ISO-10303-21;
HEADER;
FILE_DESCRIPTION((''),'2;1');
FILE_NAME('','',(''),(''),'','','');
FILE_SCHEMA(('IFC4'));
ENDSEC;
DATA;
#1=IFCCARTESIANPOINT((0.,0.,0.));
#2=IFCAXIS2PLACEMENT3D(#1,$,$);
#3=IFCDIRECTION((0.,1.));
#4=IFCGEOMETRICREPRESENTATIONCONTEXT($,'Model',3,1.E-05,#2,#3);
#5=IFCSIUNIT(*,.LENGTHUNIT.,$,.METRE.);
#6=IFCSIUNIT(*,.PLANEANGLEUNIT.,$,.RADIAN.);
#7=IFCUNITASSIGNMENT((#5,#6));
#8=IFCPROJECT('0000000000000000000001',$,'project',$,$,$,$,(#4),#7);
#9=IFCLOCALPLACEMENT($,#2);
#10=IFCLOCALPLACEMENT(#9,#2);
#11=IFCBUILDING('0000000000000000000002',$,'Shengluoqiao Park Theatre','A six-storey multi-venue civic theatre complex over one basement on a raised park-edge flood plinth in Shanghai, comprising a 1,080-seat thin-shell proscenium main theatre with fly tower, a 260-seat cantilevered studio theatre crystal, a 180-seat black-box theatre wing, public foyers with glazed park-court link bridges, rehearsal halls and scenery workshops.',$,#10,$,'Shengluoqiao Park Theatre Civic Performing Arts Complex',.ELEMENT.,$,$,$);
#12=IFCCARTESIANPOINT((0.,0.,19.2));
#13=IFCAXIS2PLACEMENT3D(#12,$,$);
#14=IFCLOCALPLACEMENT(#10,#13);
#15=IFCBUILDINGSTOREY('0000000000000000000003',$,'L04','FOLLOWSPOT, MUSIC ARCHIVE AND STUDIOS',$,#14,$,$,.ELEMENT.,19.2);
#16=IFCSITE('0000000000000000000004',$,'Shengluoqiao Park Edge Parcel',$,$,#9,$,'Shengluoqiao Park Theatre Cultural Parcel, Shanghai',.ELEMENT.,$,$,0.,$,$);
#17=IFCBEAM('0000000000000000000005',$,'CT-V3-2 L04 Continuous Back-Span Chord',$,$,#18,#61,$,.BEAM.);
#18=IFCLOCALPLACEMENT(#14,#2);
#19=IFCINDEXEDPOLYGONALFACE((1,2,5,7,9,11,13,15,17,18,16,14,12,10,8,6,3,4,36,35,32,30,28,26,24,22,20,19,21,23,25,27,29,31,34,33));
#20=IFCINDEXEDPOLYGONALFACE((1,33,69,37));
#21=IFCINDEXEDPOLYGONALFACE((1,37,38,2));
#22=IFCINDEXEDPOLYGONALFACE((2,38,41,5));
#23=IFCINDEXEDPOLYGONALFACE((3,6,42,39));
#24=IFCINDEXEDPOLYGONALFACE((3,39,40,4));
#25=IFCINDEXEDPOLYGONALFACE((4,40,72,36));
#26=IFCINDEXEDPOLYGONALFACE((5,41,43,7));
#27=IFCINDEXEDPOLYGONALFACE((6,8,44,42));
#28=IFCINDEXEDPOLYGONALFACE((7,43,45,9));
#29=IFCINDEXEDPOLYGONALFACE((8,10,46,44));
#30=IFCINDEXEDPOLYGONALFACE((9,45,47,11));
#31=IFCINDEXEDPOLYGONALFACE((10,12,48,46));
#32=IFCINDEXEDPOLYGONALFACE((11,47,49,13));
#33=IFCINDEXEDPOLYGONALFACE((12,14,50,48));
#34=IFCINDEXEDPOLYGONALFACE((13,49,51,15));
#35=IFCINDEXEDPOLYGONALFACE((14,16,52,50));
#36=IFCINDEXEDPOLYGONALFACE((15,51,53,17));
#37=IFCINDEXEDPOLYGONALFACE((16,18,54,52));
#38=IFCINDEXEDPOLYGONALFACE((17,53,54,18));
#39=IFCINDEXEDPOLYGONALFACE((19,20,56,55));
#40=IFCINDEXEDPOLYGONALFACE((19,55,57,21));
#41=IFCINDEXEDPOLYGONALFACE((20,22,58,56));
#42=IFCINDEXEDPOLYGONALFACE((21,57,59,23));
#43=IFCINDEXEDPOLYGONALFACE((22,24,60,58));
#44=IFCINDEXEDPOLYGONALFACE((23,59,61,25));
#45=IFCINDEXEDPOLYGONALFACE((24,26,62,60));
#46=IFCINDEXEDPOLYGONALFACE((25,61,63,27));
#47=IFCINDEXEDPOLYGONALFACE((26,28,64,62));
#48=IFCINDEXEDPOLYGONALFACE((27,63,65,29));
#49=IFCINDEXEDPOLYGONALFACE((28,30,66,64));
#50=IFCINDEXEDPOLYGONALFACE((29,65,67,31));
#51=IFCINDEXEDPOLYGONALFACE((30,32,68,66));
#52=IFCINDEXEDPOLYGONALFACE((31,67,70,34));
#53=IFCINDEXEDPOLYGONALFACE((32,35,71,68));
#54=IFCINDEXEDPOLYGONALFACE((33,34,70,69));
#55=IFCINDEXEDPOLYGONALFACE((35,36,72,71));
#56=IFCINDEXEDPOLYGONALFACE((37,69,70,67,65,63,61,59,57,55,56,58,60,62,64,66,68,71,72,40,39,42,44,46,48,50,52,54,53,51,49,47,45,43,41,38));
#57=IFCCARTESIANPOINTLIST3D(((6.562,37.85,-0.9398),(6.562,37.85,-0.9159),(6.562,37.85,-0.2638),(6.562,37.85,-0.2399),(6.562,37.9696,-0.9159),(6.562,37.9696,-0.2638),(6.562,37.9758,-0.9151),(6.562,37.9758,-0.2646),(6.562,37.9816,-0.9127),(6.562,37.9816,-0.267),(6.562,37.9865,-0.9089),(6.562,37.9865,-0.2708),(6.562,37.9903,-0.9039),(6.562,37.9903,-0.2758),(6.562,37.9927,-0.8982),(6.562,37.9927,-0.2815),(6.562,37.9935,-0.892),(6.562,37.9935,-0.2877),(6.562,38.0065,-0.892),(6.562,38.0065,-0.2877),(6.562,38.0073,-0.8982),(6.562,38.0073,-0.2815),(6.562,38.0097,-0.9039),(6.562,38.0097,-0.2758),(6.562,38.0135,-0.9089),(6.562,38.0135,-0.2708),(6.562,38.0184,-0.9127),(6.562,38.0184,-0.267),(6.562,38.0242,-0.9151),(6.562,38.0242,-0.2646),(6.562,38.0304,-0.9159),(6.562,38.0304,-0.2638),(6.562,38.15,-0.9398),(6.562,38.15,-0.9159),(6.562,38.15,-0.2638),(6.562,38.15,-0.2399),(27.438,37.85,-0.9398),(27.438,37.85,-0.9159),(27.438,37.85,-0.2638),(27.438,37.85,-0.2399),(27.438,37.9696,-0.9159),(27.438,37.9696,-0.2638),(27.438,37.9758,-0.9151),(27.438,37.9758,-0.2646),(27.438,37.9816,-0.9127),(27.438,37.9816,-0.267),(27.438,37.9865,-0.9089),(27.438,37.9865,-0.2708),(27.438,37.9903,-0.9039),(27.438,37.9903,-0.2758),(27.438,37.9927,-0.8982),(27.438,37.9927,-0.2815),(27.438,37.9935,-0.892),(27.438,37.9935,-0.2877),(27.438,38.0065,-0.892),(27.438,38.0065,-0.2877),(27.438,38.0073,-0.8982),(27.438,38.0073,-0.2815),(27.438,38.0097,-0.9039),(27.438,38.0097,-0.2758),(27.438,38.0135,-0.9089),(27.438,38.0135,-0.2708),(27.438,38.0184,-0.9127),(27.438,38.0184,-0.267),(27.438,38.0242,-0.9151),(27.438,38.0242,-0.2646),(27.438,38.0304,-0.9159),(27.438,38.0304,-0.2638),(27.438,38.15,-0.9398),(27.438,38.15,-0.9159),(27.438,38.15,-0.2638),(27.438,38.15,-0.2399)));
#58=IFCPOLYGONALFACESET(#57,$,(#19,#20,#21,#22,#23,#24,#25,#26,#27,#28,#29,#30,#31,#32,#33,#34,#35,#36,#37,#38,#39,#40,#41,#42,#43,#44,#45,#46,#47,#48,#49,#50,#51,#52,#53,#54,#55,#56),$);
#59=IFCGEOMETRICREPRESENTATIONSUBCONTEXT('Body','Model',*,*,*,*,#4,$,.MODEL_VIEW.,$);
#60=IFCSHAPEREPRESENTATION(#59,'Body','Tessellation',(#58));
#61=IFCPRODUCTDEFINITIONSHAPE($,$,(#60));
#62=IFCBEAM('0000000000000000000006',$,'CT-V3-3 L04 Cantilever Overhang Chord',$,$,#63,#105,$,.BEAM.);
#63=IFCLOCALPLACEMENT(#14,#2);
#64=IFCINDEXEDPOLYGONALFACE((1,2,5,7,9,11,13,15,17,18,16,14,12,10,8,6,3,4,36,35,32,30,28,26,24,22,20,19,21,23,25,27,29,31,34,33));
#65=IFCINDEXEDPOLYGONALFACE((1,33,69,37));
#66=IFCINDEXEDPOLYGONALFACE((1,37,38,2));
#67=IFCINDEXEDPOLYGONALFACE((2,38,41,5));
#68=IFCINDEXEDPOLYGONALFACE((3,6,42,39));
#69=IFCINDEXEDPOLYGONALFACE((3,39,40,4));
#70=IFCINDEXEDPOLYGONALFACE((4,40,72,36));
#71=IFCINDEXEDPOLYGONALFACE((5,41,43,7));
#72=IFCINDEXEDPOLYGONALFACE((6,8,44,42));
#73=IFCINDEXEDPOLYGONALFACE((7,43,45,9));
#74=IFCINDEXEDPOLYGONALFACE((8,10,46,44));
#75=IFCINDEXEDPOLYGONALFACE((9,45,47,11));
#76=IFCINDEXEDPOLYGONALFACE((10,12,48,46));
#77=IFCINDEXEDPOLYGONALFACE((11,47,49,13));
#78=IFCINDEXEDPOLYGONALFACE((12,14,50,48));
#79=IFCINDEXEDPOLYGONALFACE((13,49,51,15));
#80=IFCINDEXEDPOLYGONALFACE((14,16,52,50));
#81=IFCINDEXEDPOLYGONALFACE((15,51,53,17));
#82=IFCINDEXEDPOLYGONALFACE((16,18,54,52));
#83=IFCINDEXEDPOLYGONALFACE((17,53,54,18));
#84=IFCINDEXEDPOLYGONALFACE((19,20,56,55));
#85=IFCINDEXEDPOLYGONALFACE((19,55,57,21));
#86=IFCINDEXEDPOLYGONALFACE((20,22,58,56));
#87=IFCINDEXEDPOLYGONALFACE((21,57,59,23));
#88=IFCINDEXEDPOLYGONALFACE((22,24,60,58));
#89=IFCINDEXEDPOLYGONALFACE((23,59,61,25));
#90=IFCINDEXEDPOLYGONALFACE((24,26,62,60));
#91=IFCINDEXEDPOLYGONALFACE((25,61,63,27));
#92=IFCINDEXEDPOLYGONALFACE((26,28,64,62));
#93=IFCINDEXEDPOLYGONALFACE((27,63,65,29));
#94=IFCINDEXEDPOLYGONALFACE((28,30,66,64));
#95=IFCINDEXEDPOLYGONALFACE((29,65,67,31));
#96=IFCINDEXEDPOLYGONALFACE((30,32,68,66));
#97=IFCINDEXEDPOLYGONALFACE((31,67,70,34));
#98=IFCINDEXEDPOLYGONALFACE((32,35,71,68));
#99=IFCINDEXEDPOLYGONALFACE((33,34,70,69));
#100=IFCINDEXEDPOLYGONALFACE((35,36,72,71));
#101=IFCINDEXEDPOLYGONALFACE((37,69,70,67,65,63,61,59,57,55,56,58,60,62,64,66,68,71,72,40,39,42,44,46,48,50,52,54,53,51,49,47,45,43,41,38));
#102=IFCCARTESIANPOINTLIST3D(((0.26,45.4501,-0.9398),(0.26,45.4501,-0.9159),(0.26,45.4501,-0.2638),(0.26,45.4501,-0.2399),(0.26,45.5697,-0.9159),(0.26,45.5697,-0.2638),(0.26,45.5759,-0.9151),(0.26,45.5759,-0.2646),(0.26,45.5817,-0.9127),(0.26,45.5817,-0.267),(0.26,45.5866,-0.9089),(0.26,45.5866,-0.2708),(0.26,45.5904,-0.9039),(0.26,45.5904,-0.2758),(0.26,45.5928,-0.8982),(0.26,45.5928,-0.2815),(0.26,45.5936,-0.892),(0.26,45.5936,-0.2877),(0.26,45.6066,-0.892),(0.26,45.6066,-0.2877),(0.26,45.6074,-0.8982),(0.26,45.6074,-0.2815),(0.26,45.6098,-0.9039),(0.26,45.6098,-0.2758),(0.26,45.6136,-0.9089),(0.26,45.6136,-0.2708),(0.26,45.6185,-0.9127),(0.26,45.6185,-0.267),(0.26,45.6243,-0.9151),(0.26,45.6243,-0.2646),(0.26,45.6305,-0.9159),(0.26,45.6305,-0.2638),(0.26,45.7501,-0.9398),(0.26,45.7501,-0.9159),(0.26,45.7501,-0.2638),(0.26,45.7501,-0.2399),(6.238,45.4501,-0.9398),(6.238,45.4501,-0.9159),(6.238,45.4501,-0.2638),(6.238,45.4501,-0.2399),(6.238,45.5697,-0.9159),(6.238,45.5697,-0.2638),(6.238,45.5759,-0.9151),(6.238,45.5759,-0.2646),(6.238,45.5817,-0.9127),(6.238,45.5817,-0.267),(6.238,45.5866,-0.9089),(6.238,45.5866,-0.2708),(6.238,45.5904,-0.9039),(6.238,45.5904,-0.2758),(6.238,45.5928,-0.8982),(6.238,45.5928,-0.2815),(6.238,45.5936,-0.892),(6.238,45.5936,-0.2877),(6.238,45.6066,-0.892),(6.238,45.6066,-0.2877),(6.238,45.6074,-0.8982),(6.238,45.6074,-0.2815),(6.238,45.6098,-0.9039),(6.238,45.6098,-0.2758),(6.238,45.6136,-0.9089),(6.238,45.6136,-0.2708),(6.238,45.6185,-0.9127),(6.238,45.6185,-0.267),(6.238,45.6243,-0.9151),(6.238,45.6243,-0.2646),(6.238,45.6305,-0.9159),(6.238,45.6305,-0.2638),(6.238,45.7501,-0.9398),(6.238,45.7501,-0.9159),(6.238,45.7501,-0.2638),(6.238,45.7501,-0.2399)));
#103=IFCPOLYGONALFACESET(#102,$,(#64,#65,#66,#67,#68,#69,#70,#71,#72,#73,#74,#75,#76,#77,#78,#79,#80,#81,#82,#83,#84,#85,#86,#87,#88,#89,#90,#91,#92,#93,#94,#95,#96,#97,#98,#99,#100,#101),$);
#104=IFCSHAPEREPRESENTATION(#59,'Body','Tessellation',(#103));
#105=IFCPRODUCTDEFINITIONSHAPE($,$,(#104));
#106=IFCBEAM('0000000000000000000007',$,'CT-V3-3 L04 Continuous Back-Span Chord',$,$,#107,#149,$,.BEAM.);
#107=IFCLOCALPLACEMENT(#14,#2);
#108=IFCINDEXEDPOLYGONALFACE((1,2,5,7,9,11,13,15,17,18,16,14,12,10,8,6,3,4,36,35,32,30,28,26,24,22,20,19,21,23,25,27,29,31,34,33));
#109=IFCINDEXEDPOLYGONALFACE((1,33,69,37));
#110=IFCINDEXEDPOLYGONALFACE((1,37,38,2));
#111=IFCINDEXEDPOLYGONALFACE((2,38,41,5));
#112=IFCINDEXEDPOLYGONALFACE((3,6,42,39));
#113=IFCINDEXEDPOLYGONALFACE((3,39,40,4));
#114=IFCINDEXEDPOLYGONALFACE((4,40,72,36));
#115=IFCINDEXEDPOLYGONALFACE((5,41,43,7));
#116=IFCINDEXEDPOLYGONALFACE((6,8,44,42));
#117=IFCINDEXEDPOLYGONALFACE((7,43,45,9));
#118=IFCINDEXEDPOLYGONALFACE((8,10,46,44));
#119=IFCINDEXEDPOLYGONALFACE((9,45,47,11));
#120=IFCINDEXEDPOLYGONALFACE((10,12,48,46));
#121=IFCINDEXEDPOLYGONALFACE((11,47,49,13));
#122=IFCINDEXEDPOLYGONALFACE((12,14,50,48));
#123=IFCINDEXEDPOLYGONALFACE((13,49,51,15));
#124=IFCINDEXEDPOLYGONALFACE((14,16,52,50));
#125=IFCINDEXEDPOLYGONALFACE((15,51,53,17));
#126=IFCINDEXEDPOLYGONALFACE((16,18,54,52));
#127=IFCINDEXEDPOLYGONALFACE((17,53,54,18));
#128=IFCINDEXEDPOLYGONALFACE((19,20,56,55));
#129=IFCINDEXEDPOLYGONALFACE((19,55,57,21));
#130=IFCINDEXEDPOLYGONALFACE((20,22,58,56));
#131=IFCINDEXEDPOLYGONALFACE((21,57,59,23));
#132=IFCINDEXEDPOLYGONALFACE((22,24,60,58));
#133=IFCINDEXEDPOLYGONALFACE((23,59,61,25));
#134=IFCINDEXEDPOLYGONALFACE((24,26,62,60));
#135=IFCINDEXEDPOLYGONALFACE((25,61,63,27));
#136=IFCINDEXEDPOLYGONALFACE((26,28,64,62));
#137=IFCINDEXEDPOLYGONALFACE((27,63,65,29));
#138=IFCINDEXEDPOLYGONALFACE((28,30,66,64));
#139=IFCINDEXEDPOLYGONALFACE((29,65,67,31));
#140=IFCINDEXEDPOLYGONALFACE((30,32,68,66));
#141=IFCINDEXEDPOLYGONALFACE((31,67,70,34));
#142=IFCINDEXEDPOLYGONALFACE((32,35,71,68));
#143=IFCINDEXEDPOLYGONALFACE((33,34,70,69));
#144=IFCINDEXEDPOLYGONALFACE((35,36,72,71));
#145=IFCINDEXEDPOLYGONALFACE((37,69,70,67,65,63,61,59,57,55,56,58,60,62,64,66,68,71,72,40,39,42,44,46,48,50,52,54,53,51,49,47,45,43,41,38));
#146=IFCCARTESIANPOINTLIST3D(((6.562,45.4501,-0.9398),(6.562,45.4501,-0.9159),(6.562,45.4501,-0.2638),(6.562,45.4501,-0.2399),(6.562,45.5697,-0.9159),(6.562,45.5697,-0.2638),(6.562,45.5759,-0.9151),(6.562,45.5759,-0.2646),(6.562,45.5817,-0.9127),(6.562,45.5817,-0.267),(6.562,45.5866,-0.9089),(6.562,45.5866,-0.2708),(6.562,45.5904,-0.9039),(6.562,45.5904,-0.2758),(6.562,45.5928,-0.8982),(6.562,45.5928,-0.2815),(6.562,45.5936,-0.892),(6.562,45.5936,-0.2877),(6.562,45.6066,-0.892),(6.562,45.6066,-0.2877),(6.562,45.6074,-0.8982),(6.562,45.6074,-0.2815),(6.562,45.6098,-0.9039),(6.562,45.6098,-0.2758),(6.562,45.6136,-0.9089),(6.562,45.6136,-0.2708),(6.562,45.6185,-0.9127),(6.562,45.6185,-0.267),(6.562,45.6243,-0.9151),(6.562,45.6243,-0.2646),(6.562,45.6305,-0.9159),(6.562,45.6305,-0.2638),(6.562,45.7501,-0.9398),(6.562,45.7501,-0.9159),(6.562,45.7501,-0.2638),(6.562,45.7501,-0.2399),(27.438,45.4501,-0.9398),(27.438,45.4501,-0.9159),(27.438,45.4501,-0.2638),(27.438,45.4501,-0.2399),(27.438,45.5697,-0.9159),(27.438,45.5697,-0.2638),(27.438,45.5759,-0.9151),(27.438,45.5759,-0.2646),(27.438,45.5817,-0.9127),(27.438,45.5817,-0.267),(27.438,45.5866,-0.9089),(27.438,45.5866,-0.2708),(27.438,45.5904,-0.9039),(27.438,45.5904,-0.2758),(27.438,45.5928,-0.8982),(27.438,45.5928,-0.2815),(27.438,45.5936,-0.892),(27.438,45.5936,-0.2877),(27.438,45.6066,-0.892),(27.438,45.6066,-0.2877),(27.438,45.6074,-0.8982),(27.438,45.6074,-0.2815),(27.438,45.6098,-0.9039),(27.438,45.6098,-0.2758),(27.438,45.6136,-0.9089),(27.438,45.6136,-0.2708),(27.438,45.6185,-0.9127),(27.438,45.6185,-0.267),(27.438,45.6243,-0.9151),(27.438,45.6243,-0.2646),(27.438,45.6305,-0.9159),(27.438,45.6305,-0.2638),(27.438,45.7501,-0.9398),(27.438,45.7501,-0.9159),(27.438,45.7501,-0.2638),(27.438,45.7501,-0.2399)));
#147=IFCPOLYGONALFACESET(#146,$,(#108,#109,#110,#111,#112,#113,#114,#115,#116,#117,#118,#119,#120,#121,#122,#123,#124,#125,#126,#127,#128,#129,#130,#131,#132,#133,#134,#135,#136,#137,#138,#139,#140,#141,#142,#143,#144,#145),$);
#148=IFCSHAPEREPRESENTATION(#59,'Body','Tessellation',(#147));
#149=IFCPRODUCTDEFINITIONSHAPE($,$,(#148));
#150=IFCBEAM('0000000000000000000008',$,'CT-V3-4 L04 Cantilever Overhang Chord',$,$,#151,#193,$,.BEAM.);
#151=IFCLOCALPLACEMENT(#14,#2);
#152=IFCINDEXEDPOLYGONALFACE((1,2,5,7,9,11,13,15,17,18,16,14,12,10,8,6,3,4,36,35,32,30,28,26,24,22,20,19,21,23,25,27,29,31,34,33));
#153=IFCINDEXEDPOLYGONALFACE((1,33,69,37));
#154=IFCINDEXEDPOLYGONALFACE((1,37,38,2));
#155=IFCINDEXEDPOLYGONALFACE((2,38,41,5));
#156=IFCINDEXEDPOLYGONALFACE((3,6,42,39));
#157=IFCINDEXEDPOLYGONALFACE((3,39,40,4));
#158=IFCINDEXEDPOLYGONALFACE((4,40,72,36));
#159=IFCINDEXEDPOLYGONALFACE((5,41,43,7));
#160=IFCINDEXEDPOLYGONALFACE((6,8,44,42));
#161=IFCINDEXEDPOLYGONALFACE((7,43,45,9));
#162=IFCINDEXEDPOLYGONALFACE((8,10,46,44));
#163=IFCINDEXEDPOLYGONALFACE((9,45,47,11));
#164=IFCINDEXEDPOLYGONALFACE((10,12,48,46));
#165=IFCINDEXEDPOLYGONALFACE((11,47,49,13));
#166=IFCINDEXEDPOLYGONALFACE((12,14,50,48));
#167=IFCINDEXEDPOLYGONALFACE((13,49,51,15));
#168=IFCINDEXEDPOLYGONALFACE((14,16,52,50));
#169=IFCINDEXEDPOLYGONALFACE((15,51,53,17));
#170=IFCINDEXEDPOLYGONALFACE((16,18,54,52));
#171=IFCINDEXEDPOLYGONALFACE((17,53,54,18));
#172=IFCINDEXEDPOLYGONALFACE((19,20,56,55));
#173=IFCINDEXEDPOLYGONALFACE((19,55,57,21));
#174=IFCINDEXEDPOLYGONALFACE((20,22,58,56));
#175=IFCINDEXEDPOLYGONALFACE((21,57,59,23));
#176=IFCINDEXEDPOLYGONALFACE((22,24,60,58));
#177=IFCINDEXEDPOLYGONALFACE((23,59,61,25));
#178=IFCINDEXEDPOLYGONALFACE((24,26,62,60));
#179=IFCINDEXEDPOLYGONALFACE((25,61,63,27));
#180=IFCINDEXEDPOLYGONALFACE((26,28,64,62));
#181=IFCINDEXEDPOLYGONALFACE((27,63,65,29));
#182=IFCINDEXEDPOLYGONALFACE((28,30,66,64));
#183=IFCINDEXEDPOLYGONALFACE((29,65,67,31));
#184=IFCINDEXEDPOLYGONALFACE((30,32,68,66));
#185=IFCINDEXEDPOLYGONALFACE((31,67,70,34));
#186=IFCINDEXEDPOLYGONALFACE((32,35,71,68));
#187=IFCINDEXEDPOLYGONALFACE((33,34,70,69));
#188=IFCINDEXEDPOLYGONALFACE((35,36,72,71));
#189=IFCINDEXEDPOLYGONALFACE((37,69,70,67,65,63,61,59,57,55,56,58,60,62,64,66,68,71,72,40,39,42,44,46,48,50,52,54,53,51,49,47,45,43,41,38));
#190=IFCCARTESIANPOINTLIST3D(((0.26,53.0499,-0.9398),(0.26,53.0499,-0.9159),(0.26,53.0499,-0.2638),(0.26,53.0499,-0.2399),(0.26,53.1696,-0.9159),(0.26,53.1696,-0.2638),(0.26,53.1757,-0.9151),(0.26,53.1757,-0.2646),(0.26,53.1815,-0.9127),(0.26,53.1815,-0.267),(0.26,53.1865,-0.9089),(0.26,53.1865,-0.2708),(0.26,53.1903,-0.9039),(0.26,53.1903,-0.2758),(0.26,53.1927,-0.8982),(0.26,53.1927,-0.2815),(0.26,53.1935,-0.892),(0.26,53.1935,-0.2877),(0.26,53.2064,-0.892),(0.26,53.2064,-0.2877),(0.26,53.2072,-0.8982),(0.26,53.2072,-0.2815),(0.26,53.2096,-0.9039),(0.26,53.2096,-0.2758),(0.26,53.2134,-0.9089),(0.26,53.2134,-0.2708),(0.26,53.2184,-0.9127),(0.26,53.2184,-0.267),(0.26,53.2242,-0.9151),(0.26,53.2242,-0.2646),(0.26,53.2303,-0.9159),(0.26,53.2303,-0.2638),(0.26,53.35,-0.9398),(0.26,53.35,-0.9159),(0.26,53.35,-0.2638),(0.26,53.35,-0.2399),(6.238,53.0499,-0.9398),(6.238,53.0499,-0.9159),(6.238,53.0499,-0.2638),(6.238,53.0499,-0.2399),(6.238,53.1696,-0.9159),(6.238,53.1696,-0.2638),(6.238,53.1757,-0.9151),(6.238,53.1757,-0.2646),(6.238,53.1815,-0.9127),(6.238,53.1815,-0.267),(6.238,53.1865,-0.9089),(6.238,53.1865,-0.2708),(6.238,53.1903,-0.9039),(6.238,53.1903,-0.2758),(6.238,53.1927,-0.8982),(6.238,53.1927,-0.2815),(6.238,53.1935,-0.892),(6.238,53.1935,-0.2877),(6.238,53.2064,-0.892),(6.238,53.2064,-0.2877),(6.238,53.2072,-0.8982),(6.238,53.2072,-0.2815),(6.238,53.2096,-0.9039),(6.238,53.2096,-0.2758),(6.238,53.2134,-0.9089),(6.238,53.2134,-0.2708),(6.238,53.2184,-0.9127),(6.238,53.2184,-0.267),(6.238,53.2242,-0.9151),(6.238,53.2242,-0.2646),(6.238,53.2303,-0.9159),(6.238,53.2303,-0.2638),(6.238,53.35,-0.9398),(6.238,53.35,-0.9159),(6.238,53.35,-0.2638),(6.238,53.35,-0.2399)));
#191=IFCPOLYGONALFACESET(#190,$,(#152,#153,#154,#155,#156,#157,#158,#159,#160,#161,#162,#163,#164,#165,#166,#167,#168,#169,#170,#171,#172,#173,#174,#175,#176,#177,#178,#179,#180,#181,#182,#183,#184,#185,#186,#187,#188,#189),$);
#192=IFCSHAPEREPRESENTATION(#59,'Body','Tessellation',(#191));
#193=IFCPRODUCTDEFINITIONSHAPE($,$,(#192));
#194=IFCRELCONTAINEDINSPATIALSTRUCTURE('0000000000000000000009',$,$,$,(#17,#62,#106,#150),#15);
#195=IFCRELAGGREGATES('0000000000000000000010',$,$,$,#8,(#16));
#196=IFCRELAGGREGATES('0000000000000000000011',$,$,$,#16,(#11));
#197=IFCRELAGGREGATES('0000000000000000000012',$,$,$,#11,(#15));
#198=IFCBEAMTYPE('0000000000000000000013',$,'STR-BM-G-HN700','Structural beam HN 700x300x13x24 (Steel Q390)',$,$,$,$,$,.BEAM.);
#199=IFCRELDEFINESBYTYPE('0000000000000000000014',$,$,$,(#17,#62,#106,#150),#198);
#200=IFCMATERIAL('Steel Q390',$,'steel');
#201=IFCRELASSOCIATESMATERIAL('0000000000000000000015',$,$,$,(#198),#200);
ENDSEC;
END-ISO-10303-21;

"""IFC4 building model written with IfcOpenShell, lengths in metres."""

from ifc_helpers import new_model, si_unit, direction, frame, origin, origin_2d, place, context, subcontext, project, spatial, i_section, extrude, material, material_profile, profile_set, type_object, element, save


model = new_model("IFC4")

# Units and contexts
model_context = context("Model", 3, precision=1e-05, world=origin(), true_north=direction((0.0, 1.0)))
body_context = subcontext(model_context, "Body", "Model", "MODEL_VIEW")
ifc_project = project(units=[si_unit("LENGTHUNIT", "METRE"), si_unit("PLANEANGLEUNIT", "RADIAN")], contexts=[model_context])

# Site, building, storey
site_placement = place(None, origin())
site = spatial("IfcSite", under=ifc_project, at=site_placement, Name="Shengluoqiao Park Edge Parcel", LongName="Shengluoqiao Park Theatre Cultural Parcel, Shanghai", CompositionType="ELEMENT", RefElevation=0.0)
building_placement = place(site_placement, origin())
building = spatial("IfcBuilding", under=site, at=building_placement, Name="Shengluoqiao Park Theatre", Description="A six-storey multi-venue civic theatre complex over one basement on a raised park-edge flood plinth in Shanghai, comprising a 1,080-seat thin-shell proscenium main theatre with fly tower, a 260-seat cantilevered studio theatre crystal, a 180-seat black-box theatre wing, public foyers with glazed park-court link bridges, rehearsal halls and scenery workshops.", LongName="Shengluoqiao Park Theatre Civic Performing Arts Complex", CompositionType="ELEMENT")
storey_placement = place(building_placement, frame((0.0, 0.0, 19.2)))
storey = spatial("IfcBuildingStorey", under=building, at=storey_placement, Name="L04", Description="FOLLOWSPOT, MUSIC ARCHIVE AND STUDIOS", CompositionType="ELEMENT", Elevation=19.2)

# Beams
ifc_material_1 = material(Name="Steel Q390", Category="steel")
ifc_material_profile_1 = material_profile(ifc_material_1, i_section(OverallWidth=0.3, OverallDepth=0.7, WebThickness=0.0129, FlangeThickness=0.0239, FilletRadius=0.0239, at=origin_2d()), Name="HN 700x300x13x24")
ifc_profile_set_1 = profile_set([ifc_material_profile_1], Name="Steel Q390")
beam_type_1 = type_object("IfcBeamType", Name="STR-BM-G-HN700", Description="Structural beam HN 700x300x13x24 (Steel Q390)", PredefinedType="BEAM", material=ifc_profile_set_1)
beam_1_placement = place(storey_placement, frame((6.562, 38.0, -0.5898), z_axis=(1.0, 0.0, 0.0), x_axis=(0.0, 1.0, 0.0)))
element("IfcBeam", 1, at=beam_1_placement, inside=storey, type_object=beam_type_1, Name="CT-V3-2 L04 Continuous Back-Span Chord", PredefinedType="BEAM", context=body_context, shape_type="SweptSolid", body=[
    extrude(i_section(OverallWidth=0.3, OverallDepth=0.7, WebThickness=0.0129, FlangeThickness=0.0239, FilletRadius=0.0239, at=origin_2d()), origin(), (0.0, 0.0, 1.0), 20.876),
])
beam_2_placement = place(storey_placement, frame((0.26, 45.6001, -0.5898), z_axis=(1.0, 0.0, 0.0), x_axis=(0.0, 1.0, 0.0)))
element("IfcBeam", 2, at=beam_2_placement, inside=storey, type_object=beam_type_1, Name="CT-V3-3 L04 Cantilever Overhang Chord", PredefinedType="BEAM", context=body_context, shape_type="SweptSolid", body=[
    extrude(i_section(OverallWidth=0.3, OverallDepth=0.7, WebThickness=0.0129, FlangeThickness=0.0239, FilletRadius=0.0239, at=origin_2d()), origin(), (0.0, 0.0, 1.0), 5.978),
])
beam_3_placement = place(storey_placement, frame((6.562, 45.6001, -0.5898), z_axis=(1.0, 0.0, 0.0), x_axis=(0.0, 1.0, 0.0)))
element("IfcBeam", 3, at=beam_3_placement, inside=storey, type_object=beam_type_1, Name="CT-V3-3 L04 Continuous Back-Span Chord", PredefinedType="BEAM", context=body_context, shape_type="SweptSolid", body=[
    extrude(i_section(OverallWidth=0.3, OverallDepth=0.7, WebThickness=0.0129, FlangeThickness=0.0239, FilletRadius=0.0239, at=origin_2d()), origin(), (0.0, 0.0, 1.0), 20.876),
])
beam_4_placement = place(storey_placement, frame((0.26, 53.2, -0.5898), z_axis=(1.0, 0.0, 0.0), x_axis=(0.0, 1.0, 0.0)))
element("IfcBeam", 4, at=beam_4_placement, inside=storey, type_object=beam_type_1, Name="CT-V3-4 L04 Cantilever Overhang Chord", PredefinedType="BEAM", context=body_context, shape_type="SweptSolid", body=[
    extrude(i_section(OverallWidth=0.3, OverallDepth=0.7, WebThickness=0.0129, FlangeThickness=0.0239, FilletRadius=0.0239, at=origin_2d()), origin(), (0.0, 0.0, 1.0), 5.978),
])

save(model, "model.ifc")
